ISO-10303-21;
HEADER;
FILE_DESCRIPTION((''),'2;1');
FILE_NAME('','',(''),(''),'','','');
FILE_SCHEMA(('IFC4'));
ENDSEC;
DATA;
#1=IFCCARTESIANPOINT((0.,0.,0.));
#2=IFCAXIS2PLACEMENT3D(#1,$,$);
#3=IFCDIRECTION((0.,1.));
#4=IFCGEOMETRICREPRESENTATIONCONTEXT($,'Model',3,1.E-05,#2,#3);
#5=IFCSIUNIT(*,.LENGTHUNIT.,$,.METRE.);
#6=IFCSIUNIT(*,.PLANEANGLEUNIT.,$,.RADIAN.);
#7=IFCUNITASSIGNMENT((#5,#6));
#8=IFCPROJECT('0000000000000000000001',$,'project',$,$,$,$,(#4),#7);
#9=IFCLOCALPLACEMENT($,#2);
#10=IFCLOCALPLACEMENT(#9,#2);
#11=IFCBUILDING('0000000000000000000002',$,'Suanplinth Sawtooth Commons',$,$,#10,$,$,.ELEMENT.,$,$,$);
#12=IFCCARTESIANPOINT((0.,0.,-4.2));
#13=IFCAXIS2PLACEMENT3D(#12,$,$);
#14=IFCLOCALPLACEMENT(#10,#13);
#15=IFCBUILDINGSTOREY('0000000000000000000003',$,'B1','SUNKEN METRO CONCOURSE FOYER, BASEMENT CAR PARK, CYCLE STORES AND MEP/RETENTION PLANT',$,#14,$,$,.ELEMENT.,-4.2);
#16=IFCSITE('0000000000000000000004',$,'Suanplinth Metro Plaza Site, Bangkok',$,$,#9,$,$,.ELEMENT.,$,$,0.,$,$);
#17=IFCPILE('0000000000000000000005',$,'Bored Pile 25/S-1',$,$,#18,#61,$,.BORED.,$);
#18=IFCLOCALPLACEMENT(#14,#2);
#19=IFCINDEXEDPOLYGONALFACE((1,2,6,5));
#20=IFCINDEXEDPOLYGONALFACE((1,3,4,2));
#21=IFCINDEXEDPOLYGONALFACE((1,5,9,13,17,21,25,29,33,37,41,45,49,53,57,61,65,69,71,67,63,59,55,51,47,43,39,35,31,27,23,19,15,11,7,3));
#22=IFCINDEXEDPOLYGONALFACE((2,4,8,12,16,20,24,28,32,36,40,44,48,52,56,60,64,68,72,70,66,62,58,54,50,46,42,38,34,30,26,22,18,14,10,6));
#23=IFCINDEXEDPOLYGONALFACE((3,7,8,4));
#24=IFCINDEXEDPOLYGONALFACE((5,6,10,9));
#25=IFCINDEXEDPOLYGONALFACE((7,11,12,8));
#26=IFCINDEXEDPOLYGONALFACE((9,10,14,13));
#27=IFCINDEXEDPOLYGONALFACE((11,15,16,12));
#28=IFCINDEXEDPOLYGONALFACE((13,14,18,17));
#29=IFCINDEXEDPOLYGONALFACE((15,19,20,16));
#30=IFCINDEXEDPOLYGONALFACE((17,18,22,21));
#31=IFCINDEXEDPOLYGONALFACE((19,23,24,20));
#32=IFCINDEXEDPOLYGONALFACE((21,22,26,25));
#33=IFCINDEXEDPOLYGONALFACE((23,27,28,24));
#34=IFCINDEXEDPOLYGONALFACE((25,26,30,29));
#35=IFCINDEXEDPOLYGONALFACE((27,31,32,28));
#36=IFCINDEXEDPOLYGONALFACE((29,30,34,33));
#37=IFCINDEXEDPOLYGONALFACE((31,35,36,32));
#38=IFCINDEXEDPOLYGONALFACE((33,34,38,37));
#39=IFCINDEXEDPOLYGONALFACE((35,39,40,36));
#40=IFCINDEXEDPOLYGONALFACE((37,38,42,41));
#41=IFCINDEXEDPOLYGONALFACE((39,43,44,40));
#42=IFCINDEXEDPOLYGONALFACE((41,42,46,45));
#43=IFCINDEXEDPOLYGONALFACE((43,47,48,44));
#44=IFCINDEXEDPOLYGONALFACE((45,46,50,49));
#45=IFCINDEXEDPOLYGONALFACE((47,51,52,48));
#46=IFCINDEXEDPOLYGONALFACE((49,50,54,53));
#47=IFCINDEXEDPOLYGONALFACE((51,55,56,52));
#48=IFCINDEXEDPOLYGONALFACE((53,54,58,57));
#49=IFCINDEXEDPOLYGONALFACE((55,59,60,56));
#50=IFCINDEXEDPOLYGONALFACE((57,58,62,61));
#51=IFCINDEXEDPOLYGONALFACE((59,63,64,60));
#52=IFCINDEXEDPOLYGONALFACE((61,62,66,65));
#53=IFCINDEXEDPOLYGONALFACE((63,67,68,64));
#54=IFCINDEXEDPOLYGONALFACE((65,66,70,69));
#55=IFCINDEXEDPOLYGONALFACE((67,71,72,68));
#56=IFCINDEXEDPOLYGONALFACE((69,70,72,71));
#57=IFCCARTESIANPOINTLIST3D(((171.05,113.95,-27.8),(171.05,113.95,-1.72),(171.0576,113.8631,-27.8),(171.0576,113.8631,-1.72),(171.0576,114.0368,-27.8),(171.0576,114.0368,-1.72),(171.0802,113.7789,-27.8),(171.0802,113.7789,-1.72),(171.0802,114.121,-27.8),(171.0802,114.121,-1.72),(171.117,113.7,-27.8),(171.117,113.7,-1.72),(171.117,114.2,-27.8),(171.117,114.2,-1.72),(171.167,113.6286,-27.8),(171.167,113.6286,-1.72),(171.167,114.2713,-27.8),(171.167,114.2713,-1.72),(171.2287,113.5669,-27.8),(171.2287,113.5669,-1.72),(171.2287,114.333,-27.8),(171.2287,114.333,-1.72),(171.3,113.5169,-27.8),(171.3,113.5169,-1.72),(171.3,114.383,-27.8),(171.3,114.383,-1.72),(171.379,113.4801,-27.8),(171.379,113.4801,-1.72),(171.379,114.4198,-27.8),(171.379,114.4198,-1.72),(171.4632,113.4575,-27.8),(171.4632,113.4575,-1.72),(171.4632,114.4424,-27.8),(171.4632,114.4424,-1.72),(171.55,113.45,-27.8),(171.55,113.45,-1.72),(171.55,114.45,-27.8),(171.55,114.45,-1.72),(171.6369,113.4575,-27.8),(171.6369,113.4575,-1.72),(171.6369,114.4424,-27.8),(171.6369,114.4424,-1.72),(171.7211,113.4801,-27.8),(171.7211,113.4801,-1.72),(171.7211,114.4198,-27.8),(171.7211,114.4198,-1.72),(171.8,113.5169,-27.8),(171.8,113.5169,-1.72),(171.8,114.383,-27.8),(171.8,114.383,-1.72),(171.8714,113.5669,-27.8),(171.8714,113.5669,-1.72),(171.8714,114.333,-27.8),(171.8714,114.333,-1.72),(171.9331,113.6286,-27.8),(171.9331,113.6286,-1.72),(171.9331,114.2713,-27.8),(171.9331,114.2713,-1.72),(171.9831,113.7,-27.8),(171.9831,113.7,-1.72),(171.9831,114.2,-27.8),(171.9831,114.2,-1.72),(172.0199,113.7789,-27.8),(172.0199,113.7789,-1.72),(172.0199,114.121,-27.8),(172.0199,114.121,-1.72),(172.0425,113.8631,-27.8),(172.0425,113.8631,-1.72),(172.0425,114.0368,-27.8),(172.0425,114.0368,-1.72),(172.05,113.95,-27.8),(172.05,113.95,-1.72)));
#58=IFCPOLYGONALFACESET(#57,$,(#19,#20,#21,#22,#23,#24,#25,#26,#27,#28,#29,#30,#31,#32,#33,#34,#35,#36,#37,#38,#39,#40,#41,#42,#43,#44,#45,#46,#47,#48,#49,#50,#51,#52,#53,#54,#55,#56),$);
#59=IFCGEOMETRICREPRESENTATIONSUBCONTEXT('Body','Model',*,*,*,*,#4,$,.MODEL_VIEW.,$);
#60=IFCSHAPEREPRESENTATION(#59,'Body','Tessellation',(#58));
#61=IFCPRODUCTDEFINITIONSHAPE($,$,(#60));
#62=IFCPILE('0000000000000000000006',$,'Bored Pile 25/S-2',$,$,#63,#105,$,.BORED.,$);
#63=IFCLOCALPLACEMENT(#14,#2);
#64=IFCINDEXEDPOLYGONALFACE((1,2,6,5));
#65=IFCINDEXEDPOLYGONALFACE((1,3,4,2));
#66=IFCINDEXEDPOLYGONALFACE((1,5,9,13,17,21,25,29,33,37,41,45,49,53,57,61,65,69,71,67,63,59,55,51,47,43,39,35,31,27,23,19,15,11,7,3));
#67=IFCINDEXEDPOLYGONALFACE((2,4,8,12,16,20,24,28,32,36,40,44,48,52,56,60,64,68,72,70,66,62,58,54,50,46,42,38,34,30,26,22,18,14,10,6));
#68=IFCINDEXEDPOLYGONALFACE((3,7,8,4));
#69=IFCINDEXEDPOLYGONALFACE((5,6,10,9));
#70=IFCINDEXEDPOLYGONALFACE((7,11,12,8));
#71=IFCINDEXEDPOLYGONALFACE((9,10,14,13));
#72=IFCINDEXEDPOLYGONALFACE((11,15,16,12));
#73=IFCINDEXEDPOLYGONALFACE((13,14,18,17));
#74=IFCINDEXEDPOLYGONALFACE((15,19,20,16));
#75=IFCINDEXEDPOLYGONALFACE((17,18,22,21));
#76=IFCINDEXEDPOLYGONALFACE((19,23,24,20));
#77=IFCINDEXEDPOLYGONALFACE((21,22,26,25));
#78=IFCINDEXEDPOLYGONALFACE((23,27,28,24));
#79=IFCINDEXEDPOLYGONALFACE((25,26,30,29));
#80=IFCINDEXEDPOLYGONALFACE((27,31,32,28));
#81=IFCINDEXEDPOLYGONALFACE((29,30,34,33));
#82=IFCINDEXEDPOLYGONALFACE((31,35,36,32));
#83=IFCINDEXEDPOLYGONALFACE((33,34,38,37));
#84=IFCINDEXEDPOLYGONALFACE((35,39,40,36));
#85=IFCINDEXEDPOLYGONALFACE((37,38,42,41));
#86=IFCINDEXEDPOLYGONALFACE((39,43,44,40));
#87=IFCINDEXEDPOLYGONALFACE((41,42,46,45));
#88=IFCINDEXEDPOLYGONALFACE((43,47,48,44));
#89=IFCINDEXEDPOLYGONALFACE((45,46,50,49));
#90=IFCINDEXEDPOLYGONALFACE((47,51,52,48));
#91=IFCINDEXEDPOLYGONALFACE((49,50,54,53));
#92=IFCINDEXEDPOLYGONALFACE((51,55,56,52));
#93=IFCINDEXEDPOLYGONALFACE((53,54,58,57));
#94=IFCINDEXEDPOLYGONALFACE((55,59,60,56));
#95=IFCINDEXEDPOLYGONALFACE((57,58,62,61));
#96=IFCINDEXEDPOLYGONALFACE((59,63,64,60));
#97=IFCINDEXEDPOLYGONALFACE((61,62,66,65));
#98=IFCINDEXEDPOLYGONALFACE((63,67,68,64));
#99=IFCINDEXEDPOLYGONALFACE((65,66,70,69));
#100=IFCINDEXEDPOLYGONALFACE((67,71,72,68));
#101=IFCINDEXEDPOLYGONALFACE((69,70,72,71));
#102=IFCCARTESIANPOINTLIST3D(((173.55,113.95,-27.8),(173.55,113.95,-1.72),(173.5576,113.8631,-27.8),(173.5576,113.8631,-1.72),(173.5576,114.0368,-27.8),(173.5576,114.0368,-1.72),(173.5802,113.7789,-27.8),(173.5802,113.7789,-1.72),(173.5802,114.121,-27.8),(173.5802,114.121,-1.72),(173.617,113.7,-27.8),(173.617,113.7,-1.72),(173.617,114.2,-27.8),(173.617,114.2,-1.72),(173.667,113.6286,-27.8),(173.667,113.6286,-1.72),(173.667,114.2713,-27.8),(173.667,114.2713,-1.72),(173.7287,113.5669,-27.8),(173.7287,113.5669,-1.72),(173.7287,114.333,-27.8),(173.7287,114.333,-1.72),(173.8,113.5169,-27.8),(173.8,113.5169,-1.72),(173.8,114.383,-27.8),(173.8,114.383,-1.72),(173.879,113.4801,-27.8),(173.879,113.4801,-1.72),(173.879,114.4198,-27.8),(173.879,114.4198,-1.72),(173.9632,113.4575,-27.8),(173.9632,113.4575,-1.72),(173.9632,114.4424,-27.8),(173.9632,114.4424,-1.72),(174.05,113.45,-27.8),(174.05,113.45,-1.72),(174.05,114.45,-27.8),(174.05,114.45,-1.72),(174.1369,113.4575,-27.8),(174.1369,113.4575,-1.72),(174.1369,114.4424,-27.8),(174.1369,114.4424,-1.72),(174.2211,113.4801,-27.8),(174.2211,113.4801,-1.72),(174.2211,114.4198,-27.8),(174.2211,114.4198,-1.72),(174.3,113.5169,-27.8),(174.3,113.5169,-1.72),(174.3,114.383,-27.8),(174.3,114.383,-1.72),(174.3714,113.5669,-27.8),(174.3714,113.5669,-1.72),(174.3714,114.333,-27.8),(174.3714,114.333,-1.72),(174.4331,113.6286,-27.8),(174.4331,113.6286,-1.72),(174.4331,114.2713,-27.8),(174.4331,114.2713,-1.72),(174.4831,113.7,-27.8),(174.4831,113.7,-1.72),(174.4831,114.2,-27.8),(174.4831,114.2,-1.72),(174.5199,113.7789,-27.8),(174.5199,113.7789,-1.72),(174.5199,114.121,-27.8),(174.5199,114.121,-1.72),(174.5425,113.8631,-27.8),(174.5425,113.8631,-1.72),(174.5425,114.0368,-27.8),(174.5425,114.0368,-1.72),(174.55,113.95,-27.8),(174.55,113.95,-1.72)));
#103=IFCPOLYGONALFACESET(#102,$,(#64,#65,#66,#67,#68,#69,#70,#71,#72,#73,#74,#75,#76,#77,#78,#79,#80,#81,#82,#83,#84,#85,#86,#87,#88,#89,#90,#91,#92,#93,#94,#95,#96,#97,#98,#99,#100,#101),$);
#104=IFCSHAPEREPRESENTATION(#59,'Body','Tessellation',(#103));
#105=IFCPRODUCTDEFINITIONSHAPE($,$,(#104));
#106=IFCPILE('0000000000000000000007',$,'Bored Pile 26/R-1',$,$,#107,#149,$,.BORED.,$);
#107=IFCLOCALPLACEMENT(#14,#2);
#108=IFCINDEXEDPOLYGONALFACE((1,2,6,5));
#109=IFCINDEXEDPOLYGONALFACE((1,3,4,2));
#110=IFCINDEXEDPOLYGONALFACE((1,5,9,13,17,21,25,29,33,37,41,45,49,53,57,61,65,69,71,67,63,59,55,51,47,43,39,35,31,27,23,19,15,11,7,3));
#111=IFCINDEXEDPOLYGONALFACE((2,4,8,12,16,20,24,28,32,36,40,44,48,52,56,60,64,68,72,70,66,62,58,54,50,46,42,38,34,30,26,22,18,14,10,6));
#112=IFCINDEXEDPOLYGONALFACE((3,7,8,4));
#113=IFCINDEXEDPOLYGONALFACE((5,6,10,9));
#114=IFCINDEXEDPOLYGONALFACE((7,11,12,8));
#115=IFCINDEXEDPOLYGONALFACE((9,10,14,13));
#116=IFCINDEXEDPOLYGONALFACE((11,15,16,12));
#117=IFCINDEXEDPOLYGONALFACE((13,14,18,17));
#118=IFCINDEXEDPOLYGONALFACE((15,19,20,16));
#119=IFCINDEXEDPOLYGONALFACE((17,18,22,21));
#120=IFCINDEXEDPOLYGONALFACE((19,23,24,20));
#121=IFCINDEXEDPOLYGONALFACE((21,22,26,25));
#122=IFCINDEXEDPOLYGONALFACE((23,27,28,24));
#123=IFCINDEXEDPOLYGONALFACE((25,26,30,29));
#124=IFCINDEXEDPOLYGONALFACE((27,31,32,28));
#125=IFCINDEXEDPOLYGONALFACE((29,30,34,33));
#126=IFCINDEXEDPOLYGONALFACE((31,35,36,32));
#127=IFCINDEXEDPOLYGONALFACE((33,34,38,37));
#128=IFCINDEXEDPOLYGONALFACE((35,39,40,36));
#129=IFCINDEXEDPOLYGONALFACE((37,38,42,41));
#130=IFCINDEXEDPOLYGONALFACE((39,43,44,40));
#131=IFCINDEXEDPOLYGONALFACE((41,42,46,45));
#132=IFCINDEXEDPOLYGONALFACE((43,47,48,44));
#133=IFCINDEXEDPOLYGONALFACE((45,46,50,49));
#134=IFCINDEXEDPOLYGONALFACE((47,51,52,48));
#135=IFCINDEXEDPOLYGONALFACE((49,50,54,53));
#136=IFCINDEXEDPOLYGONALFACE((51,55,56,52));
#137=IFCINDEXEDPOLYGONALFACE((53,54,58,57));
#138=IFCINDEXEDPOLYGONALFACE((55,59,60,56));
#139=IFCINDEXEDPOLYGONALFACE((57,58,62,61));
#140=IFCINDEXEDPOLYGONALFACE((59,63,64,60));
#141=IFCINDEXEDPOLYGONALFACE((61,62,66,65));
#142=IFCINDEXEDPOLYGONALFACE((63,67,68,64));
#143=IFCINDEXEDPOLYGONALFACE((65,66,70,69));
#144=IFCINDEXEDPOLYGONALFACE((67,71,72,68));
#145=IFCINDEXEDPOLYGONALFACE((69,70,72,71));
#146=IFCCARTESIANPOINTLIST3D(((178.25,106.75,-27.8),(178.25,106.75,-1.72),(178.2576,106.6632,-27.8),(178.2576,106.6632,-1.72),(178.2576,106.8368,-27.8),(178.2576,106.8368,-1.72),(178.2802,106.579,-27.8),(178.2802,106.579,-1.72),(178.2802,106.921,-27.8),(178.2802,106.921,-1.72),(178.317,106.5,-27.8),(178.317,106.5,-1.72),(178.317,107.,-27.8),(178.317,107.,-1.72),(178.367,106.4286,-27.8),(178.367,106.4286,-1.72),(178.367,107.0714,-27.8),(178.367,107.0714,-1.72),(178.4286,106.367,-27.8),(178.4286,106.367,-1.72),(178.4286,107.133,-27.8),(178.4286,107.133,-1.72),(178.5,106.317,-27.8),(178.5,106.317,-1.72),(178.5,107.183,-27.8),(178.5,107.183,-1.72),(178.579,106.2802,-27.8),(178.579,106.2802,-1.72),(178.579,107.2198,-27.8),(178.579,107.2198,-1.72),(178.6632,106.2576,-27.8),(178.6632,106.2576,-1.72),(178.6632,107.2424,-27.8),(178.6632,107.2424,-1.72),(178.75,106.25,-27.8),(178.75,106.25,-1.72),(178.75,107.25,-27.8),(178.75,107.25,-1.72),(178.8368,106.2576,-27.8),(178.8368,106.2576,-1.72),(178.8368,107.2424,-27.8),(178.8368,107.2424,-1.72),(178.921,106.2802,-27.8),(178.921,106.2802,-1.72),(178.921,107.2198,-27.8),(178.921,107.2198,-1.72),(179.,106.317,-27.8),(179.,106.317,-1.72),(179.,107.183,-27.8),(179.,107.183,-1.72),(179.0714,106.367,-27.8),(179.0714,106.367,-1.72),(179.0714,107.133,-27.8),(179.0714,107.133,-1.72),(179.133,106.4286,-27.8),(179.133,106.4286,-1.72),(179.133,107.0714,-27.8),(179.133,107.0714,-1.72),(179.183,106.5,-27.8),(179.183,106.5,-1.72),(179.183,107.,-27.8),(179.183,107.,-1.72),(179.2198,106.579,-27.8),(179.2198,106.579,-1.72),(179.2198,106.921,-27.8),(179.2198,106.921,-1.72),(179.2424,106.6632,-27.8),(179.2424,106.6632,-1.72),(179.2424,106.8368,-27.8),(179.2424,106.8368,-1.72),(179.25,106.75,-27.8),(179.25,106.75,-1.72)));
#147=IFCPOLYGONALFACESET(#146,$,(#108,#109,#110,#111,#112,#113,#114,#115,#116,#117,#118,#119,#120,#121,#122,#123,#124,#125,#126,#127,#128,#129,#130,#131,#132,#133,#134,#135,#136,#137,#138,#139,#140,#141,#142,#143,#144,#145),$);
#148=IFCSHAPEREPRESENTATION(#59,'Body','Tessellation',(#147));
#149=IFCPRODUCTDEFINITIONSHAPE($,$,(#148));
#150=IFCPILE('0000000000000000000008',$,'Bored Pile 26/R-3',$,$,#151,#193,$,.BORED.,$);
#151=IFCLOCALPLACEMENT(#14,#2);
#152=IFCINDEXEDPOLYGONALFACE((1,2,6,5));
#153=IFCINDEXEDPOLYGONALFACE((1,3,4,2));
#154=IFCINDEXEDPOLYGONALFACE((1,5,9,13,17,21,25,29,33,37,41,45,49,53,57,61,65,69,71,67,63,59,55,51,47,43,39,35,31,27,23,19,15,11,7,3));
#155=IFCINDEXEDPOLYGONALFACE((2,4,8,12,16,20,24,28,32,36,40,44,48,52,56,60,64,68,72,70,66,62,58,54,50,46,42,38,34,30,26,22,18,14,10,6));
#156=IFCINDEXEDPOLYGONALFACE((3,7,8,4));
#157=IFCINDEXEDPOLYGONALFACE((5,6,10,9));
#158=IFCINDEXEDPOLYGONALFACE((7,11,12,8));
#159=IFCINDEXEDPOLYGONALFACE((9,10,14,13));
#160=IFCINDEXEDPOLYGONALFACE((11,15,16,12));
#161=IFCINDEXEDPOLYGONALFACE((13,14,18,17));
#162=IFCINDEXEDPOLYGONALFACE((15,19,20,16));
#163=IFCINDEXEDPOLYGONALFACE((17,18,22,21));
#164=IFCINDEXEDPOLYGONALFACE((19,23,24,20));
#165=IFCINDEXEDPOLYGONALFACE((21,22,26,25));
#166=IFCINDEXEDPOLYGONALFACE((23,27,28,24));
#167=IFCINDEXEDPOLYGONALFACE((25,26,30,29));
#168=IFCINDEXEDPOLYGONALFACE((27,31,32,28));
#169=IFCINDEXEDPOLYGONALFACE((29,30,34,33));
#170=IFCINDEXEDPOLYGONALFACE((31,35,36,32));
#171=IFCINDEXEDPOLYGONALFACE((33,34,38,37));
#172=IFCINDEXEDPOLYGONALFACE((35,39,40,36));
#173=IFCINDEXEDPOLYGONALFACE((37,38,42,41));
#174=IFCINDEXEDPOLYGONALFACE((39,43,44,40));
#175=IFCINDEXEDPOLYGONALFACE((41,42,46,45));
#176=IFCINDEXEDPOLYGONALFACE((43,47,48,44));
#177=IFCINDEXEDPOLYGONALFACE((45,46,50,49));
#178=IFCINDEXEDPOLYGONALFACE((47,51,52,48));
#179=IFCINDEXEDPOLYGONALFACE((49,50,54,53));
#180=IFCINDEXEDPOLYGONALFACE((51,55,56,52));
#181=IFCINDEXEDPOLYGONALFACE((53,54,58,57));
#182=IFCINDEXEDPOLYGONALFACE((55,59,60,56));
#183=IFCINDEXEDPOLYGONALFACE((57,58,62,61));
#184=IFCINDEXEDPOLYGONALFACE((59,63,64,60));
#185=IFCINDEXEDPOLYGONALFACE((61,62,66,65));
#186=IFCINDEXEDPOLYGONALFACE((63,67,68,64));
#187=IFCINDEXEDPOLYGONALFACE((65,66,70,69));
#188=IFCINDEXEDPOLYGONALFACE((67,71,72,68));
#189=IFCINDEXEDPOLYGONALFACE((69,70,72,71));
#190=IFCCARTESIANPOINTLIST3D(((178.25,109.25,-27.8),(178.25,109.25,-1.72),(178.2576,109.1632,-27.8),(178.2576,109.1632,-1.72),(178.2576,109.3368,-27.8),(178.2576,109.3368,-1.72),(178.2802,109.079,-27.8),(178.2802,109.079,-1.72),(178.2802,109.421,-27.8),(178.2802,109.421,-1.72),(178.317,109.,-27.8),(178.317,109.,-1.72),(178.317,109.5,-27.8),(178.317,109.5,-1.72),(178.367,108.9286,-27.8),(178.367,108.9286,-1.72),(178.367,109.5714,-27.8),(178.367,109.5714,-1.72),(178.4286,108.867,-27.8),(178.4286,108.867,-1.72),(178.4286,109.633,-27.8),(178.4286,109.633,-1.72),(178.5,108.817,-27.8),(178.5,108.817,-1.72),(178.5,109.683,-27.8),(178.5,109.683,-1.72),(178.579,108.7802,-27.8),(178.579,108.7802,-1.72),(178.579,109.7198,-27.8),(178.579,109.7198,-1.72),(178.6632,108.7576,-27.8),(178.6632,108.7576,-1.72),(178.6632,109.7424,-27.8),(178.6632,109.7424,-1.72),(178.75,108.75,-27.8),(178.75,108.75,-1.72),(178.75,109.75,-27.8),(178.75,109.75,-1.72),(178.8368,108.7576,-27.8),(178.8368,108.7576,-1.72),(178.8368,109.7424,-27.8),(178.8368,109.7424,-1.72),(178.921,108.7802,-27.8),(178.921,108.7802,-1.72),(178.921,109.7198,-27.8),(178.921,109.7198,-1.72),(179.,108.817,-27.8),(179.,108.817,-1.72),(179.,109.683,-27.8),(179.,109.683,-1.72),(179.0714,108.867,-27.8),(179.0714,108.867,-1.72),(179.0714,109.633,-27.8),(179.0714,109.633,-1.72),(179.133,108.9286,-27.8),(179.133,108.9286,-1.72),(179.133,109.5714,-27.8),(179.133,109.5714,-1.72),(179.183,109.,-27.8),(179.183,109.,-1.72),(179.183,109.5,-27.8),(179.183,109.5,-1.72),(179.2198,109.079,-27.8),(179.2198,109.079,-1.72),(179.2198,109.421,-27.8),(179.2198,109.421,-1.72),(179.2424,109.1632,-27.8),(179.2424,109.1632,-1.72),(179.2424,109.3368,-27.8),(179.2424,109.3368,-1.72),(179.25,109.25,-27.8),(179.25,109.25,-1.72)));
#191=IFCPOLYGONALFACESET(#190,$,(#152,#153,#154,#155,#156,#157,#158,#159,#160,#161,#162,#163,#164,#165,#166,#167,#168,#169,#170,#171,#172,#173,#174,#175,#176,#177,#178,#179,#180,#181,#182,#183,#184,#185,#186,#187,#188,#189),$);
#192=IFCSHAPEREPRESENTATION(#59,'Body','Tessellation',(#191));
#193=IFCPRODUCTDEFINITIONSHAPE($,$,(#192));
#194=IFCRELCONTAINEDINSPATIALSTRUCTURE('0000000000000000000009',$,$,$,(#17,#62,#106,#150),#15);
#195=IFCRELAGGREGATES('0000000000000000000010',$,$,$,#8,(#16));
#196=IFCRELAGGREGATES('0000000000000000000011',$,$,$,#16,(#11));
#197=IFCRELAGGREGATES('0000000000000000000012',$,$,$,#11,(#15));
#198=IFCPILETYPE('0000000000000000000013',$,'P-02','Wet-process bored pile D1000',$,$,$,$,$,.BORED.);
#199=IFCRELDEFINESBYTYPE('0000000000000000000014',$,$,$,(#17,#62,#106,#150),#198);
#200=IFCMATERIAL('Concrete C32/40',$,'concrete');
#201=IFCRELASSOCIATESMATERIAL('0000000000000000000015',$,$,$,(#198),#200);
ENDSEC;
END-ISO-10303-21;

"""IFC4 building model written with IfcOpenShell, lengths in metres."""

from ifc_helpers import new_model, si_unit, direction, frame, origin, origin_2d, place, context, subcontext, project, spatial, circle, extrude, material, material_profile, profile_set, type_object, element, save


model = new_model("IFC4")

# Units and contexts
model_context = context("Model", 3, precision=1e-05, world=origin(), true_north=direction((0.0, 1.0)))
body_context = subcontext(model_context, "Body", "Model", "MODEL_VIEW")
ifc_project = project(units=[si_unit("LENGTHUNIT", "METRE"), si_unit("PLANEANGLEUNIT", "RADIAN")], contexts=[model_context])

# Site, building, storey
site_placement = place(None, origin())
site = spatial("IfcSite", under=ifc_project, at=site_placement, Name="Suanplinth Metro Plaza Site, Bangkok", CompositionType="ELEMENT", RefElevation=0.0)
building_placement = place(site_placement, origin())
building = spatial("IfcBuilding", under=site, at=building_placement, Name="Suanplinth Sawtooth Commons", CompositionType="ELEMENT")
storey_placement = place(building_placement, frame((0.0, 0.0, -4.2)))
storey = spatial("IfcBuildingStorey", under=building, at=storey_placement, Name="B1", Description="SUNKEN METRO CONCOURSE FOYER, BASEMENT CAR PARK, CYCLE STORES AND MEP/RETENTION PLANT", CompositionType="ELEMENT", Elevation=-4.2)

# Piles
ifc_material_1 = material(Name="Concrete C32/40", Category="concrete")
ifc_material_profile_1 = material_profile(ifc_material_1, circle(Radius=0.5, at=origin_2d()), Name="PILE D1000")
ifc_profile_set_1 = profile_set([ifc_material_profile_1], Name="Concrete C32/40")
pile_type = type_object("IfcPileType", Name="P-02", Description="Wet-process bored pile D1000", PredefinedType="BORED", material=ifc_profile_set_1)
for number, where, z_axis, x_axis, name in (
    (1, (171.55, 113.95, -1.72), (0.0, 0.0, -1.0), (1.0, 0.0, 0.0), "Bored Pile 25/S-1"),
    (2, (174.05, 113.95, -1.72), (0.0, 0.0, -1.0), (1.0, 0.0, 0.0), "Bored Pile 25/S-2"),
    (3, (178.75, 106.75, -1.72), (0.0, 0.0, -1.0), (1.0, 0.0, 0.0), "Bored Pile 26/R-1"),
    (4, (178.75, 109.25, -1.72), (0.0, 0.0, -1.0), (1.0, 0.0, 0.0), "Bored Pile 26/R-3"),
):
    element("IfcPile", number, at=place(storey_placement, frame(where, z_axis=z_axis, x_axis=x_axis)), inside=storey, type_object=pile_type, Name=name, PredefinedType="BORED", context=body_context, shape_type="SweptSolid", body=[
        extrude(circle(Radius=0.5, at=origin_2d()), origin(), (0.0, 0.0, 1.0), 26.0801),
    ])

save(model, "model.ifc")
